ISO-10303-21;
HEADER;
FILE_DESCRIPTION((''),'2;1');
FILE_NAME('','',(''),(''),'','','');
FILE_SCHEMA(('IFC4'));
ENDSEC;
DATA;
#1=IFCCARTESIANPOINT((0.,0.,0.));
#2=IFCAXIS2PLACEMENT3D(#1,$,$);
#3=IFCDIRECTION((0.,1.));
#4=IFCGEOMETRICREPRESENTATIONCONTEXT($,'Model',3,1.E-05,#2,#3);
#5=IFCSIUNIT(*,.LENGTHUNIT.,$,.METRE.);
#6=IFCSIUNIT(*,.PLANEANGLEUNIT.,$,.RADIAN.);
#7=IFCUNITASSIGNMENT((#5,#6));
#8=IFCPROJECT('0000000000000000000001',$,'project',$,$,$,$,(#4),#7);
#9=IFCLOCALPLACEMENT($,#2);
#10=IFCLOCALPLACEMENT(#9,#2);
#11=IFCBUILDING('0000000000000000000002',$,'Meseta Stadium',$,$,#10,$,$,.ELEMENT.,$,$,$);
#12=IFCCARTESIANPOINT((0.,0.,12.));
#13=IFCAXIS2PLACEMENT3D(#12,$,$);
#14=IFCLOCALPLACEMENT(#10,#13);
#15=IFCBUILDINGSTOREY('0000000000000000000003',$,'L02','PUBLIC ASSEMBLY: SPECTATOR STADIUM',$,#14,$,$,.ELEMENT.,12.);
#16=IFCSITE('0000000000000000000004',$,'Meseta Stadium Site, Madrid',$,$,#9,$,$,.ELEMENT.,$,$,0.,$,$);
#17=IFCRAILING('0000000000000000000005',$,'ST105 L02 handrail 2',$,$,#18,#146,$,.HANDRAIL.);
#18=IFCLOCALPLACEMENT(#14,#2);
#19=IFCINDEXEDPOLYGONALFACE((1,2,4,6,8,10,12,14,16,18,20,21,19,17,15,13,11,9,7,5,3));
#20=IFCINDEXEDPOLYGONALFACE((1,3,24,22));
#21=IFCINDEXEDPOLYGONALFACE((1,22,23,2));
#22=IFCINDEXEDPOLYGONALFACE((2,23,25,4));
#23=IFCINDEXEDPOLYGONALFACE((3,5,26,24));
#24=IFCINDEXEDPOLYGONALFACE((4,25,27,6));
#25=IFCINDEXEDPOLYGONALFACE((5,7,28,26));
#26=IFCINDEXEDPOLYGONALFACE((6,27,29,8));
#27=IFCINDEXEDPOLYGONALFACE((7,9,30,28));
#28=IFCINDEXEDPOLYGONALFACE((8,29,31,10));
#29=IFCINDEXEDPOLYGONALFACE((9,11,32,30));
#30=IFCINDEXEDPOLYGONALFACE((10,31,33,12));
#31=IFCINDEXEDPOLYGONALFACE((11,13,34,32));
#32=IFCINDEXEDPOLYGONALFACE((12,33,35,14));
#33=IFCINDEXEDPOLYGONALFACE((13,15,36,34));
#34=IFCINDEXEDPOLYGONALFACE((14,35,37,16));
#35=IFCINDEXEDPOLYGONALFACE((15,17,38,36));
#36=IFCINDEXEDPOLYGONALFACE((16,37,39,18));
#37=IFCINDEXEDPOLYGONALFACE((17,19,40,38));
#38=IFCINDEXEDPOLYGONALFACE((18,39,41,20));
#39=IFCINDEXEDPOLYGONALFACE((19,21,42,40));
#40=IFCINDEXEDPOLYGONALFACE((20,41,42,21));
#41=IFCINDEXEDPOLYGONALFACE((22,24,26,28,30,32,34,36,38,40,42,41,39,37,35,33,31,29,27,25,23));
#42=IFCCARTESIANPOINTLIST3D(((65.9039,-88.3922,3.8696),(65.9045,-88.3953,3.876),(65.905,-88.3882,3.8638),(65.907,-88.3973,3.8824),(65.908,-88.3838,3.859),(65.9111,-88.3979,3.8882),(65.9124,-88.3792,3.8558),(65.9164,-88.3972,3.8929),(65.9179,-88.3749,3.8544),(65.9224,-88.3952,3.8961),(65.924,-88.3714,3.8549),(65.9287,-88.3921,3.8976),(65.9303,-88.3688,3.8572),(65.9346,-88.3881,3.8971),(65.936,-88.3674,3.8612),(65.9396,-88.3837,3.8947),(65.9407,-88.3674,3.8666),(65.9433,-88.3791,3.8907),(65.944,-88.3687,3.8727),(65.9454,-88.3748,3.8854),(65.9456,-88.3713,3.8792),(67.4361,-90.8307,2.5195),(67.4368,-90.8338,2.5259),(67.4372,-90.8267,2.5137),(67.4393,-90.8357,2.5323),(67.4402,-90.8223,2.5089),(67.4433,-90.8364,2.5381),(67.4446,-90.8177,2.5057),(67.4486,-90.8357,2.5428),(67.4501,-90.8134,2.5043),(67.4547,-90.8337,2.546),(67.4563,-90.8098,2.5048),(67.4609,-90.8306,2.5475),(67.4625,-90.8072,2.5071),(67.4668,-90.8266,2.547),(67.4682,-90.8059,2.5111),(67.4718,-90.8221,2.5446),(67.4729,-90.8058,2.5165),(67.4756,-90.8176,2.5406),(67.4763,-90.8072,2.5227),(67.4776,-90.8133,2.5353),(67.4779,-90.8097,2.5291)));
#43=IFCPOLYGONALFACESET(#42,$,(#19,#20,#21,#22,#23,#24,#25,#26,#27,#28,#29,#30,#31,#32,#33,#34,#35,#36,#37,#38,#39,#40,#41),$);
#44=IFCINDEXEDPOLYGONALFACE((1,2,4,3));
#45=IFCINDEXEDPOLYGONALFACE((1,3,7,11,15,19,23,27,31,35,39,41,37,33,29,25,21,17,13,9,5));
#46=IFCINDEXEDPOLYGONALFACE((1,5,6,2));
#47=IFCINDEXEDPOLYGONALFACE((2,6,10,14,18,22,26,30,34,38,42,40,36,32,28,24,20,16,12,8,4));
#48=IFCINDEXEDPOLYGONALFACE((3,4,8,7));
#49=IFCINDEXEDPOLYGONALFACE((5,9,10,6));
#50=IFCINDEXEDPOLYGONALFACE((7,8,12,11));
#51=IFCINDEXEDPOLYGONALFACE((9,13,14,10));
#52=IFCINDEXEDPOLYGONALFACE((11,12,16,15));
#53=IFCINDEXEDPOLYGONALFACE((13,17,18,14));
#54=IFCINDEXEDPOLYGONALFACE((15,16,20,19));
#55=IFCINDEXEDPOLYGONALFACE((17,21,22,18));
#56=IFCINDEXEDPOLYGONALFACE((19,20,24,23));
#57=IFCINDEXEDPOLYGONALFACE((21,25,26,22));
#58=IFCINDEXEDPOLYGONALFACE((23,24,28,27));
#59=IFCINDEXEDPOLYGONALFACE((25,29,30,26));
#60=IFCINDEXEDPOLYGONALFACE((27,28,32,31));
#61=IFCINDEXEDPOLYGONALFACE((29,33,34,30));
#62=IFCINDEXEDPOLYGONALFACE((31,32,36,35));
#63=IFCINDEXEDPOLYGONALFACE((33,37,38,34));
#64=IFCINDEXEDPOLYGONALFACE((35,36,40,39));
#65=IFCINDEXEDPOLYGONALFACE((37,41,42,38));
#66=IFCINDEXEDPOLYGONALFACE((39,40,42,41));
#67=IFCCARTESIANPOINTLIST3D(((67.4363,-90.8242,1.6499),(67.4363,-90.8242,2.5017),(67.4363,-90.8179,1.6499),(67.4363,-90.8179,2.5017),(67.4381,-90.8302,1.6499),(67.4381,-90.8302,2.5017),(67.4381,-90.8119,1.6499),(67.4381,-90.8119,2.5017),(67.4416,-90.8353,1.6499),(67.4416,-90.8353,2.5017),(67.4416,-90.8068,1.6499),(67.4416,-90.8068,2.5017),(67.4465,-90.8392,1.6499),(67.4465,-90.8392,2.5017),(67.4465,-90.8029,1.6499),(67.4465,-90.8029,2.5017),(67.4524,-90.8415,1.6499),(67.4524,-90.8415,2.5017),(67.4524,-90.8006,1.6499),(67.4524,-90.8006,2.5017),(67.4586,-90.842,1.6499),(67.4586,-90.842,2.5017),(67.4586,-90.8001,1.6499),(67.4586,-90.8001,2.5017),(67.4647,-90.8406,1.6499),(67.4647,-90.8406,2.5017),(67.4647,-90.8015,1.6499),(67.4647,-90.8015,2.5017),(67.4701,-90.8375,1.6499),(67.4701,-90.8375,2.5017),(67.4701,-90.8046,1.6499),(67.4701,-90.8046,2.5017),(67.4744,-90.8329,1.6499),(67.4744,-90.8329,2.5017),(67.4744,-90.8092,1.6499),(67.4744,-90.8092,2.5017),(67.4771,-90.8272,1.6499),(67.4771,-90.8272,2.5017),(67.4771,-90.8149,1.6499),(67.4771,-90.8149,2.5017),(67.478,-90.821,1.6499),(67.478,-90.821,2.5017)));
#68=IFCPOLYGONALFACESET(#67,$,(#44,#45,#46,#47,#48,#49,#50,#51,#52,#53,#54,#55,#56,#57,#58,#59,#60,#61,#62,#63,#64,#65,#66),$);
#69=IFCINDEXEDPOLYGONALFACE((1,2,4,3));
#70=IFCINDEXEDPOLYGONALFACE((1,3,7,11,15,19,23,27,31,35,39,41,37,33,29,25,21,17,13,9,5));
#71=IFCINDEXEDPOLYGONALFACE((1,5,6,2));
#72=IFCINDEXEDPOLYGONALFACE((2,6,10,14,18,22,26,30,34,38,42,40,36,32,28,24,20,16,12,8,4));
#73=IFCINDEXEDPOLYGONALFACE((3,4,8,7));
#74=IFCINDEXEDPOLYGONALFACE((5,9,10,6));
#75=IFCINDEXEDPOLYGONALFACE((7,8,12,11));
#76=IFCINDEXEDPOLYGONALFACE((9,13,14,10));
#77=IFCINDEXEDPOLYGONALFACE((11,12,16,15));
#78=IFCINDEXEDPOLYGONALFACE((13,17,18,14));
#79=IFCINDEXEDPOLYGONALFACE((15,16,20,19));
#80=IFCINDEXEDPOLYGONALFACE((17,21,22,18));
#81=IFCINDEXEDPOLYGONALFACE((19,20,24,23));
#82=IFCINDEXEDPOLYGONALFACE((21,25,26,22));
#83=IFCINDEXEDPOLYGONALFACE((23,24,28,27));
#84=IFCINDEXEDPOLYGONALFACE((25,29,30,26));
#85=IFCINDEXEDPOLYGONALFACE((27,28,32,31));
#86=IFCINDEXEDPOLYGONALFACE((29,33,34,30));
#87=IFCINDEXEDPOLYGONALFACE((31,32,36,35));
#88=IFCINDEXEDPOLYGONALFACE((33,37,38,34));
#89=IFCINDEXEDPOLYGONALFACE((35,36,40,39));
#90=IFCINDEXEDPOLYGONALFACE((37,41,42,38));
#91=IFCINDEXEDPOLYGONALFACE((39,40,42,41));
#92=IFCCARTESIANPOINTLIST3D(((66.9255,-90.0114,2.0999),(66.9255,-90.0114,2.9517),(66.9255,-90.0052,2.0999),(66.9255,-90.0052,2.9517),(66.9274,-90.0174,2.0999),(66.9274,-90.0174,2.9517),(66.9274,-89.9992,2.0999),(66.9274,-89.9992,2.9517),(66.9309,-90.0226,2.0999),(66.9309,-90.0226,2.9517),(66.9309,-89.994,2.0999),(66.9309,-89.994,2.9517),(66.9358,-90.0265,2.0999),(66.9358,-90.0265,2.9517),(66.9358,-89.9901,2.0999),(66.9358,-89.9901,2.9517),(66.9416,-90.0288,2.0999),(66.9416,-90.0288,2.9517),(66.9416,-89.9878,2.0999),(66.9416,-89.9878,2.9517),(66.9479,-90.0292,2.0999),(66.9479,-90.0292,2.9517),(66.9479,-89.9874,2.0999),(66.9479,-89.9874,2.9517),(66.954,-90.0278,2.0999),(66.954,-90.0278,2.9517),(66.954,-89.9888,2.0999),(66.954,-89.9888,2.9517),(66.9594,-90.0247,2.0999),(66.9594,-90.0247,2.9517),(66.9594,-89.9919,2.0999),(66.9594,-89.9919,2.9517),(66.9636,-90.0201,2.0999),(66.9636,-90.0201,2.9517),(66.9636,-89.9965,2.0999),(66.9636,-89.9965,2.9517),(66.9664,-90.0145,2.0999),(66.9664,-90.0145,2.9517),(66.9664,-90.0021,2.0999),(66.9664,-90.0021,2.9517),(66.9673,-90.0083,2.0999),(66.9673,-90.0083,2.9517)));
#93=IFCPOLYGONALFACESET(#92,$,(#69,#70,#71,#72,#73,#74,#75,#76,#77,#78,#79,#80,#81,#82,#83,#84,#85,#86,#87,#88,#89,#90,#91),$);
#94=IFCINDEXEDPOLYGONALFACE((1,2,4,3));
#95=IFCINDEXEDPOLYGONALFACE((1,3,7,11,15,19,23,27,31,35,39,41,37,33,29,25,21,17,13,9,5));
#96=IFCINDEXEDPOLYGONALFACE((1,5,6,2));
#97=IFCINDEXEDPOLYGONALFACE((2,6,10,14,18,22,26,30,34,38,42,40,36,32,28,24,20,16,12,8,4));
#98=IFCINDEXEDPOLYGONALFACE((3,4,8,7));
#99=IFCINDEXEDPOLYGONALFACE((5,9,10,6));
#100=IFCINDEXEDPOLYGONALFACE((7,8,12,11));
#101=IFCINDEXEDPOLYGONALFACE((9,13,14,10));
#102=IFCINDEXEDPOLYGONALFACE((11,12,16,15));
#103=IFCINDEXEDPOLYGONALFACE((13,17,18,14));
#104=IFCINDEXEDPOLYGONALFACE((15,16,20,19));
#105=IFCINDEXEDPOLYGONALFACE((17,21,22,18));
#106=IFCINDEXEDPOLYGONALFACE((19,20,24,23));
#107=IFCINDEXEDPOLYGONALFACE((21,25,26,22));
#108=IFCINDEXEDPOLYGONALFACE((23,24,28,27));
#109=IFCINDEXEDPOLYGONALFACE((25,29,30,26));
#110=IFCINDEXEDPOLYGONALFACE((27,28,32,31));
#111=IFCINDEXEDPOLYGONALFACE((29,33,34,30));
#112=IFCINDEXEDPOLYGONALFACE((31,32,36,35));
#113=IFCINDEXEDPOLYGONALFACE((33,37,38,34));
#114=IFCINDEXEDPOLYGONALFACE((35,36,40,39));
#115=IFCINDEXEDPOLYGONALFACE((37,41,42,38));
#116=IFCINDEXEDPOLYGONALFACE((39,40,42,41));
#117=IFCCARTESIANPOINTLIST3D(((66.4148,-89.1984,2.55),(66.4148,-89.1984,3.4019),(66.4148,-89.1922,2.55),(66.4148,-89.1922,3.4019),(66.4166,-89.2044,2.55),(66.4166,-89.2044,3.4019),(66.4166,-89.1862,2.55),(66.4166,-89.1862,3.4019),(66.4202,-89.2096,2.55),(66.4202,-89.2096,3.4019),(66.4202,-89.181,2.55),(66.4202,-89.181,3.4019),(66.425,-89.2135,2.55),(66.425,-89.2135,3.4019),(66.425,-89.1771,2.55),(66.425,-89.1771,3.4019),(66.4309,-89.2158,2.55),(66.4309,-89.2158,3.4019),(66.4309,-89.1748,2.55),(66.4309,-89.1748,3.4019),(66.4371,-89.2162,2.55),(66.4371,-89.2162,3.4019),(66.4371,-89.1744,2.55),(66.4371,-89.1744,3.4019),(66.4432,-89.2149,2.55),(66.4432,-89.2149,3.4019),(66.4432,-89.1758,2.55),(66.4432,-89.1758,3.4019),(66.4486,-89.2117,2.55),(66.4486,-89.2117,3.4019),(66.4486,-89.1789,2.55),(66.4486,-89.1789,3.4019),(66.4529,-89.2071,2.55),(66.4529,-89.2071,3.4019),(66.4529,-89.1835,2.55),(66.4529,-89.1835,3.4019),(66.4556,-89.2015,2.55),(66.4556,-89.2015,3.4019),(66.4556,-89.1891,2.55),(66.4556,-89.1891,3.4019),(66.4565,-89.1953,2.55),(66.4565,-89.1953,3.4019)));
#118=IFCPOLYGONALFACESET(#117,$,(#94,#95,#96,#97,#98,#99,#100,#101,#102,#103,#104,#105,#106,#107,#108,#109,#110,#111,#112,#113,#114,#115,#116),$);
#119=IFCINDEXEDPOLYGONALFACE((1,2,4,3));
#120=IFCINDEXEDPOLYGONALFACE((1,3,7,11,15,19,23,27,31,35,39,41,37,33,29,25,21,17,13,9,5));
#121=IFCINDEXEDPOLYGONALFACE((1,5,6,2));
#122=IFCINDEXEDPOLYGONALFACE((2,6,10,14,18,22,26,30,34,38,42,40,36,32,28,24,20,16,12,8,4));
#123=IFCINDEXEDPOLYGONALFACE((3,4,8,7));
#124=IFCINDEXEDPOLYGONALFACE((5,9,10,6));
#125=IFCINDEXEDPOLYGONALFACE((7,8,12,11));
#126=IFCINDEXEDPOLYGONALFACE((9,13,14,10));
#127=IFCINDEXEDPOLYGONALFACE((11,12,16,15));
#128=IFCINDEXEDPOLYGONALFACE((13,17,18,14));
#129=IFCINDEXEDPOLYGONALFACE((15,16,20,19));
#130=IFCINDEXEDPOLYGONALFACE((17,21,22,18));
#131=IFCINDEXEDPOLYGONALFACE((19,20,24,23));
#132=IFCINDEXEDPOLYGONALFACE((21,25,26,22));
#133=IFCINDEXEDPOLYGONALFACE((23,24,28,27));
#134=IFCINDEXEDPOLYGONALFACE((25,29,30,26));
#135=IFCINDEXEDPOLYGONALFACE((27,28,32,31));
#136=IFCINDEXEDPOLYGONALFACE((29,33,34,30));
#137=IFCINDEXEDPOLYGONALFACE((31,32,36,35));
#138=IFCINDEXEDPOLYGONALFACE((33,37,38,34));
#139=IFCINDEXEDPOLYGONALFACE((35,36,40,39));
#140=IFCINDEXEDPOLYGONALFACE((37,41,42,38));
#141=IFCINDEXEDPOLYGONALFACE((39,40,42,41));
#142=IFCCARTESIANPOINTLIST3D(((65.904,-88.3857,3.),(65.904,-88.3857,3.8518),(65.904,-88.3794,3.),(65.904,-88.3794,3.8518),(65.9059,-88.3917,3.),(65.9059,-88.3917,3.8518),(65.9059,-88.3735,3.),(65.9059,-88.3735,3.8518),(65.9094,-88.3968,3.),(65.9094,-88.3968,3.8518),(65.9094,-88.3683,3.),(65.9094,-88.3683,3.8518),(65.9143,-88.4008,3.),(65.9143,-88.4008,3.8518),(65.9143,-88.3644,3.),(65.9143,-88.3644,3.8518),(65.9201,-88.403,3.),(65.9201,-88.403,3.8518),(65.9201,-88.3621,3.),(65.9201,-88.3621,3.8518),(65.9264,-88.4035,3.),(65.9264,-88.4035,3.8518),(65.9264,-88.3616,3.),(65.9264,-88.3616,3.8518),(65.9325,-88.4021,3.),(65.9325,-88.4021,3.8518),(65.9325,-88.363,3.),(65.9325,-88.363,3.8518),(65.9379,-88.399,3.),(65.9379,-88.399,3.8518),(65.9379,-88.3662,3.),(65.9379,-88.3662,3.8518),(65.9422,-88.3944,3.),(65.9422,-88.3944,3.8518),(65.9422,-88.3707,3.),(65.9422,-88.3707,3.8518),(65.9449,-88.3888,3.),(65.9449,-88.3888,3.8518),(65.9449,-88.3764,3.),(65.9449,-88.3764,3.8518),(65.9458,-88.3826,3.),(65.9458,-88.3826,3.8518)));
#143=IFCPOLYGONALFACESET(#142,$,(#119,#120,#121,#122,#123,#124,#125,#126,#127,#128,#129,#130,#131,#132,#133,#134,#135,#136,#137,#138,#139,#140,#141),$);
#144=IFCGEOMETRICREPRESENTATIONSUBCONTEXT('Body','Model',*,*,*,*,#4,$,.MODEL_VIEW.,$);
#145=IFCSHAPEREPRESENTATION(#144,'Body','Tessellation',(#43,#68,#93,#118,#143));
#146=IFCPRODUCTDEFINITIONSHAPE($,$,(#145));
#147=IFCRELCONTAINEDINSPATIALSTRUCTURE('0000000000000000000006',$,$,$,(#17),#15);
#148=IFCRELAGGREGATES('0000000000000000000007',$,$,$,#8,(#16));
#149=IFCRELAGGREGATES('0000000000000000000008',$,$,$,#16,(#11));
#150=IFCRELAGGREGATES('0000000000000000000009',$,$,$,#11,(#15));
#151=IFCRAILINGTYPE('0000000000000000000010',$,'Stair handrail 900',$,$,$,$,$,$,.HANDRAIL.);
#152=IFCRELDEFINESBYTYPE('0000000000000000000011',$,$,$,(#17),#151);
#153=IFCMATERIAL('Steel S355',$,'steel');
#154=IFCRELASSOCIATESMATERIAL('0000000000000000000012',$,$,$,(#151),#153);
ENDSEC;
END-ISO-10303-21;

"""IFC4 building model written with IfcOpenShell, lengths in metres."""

from ifc_helpers import new_model, si_unit, direction, frame, origin, origin_2d, place, context, subcontext, project, spatial, circle, extrude, material, type_object, element, save


model = new_model("IFC4")

# Units and contexts
model_context = context("Model", 3, precision=1e-05, world=origin(), true_north=direction((0.0, 1.0)))
body_context = subcontext(model_context, "Body", "Model", "MODEL_VIEW")
ifc_project = project(units=[si_unit("LENGTHUNIT", "METRE"), si_unit("PLANEANGLEUNIT", "RADIAN")], contexts=[model_context])

# Site, building, storey
site_placement = place(None, origin())
site = spatial("IfcSite", under=ifc_project, at=site_placement, Name="Meseta Stadium Site, Madrid", CompositionType="ELEMENT", RefElevation=0.0)
building_placement = place(site_placement, origin())
building = spatial("IfcBuilding", under=site, at=building_placement, Name="Meseta Stadium", CompositionType="ELEMENT")
storey_placement = place(building_placement, frame((0.0, 0.0, 12.0)))
storey = spatial("IfcBuildingStorey", under=building, at=storey_placement, Name="L02", Description="PUBLIC ASSEMBLY: SPECTATOR STADIUM", CompositionType="ELEMENT", Elevation=12.0)

# Railing
ifc_material_1 = material(Name="Steel S355", Category="steel")
railing_type_1 = type_object("IfcRailingType", Name="Stair handrail 900", PredefinedType="HANDRAIL", material=ifc_material_1)
for number, where, name in (
    (1, (67.457, -90.821, 1.6499), "ST105 L02 handrail 2"),
):
    element("IfcRailing", number, at=place(storey_placement, frame(where)), inside=storey, type_object=railing_type_1, Name=name, PredefinedType="HANDRAIL", context=body_context, shape_type="SweptSolid", body=[
        extrude(circle(Radius=0.0239, at=origin_2d()), frame((0.0, 0.0, 0.876), z_axis=(-0.481731, 0.766655, 0.42447), x_axis=(-0.846719, -0.53204, 0.0)), (0.0, 0.0, 1.0), 3.1807),
        extrude(circle(Radius=0.021, at=origin_2d()), origin(), (0.0, 0.0, 1.0), 0.8518),
        extrude(circle(Radius=0.021, at=origin_2d()), frame((-0.5107, 0.8127, 0.45)), (0.0, 0.0, 1.0), 0.8518),
        extrude(circle(Radius=0.021, at=origin_2d()), frame((-1.0215, 1.6257, 0.9001)), (0.0, 0.0, 1.0), 0.8518),
        extrude(circle(Radius=0.021, at=origin_2d()), frame((-1.5322, 2.4385, 1.3501)), (0.0, 0.0, 1.0), 0.8518),
    ])

save(model, "model.ifc")
